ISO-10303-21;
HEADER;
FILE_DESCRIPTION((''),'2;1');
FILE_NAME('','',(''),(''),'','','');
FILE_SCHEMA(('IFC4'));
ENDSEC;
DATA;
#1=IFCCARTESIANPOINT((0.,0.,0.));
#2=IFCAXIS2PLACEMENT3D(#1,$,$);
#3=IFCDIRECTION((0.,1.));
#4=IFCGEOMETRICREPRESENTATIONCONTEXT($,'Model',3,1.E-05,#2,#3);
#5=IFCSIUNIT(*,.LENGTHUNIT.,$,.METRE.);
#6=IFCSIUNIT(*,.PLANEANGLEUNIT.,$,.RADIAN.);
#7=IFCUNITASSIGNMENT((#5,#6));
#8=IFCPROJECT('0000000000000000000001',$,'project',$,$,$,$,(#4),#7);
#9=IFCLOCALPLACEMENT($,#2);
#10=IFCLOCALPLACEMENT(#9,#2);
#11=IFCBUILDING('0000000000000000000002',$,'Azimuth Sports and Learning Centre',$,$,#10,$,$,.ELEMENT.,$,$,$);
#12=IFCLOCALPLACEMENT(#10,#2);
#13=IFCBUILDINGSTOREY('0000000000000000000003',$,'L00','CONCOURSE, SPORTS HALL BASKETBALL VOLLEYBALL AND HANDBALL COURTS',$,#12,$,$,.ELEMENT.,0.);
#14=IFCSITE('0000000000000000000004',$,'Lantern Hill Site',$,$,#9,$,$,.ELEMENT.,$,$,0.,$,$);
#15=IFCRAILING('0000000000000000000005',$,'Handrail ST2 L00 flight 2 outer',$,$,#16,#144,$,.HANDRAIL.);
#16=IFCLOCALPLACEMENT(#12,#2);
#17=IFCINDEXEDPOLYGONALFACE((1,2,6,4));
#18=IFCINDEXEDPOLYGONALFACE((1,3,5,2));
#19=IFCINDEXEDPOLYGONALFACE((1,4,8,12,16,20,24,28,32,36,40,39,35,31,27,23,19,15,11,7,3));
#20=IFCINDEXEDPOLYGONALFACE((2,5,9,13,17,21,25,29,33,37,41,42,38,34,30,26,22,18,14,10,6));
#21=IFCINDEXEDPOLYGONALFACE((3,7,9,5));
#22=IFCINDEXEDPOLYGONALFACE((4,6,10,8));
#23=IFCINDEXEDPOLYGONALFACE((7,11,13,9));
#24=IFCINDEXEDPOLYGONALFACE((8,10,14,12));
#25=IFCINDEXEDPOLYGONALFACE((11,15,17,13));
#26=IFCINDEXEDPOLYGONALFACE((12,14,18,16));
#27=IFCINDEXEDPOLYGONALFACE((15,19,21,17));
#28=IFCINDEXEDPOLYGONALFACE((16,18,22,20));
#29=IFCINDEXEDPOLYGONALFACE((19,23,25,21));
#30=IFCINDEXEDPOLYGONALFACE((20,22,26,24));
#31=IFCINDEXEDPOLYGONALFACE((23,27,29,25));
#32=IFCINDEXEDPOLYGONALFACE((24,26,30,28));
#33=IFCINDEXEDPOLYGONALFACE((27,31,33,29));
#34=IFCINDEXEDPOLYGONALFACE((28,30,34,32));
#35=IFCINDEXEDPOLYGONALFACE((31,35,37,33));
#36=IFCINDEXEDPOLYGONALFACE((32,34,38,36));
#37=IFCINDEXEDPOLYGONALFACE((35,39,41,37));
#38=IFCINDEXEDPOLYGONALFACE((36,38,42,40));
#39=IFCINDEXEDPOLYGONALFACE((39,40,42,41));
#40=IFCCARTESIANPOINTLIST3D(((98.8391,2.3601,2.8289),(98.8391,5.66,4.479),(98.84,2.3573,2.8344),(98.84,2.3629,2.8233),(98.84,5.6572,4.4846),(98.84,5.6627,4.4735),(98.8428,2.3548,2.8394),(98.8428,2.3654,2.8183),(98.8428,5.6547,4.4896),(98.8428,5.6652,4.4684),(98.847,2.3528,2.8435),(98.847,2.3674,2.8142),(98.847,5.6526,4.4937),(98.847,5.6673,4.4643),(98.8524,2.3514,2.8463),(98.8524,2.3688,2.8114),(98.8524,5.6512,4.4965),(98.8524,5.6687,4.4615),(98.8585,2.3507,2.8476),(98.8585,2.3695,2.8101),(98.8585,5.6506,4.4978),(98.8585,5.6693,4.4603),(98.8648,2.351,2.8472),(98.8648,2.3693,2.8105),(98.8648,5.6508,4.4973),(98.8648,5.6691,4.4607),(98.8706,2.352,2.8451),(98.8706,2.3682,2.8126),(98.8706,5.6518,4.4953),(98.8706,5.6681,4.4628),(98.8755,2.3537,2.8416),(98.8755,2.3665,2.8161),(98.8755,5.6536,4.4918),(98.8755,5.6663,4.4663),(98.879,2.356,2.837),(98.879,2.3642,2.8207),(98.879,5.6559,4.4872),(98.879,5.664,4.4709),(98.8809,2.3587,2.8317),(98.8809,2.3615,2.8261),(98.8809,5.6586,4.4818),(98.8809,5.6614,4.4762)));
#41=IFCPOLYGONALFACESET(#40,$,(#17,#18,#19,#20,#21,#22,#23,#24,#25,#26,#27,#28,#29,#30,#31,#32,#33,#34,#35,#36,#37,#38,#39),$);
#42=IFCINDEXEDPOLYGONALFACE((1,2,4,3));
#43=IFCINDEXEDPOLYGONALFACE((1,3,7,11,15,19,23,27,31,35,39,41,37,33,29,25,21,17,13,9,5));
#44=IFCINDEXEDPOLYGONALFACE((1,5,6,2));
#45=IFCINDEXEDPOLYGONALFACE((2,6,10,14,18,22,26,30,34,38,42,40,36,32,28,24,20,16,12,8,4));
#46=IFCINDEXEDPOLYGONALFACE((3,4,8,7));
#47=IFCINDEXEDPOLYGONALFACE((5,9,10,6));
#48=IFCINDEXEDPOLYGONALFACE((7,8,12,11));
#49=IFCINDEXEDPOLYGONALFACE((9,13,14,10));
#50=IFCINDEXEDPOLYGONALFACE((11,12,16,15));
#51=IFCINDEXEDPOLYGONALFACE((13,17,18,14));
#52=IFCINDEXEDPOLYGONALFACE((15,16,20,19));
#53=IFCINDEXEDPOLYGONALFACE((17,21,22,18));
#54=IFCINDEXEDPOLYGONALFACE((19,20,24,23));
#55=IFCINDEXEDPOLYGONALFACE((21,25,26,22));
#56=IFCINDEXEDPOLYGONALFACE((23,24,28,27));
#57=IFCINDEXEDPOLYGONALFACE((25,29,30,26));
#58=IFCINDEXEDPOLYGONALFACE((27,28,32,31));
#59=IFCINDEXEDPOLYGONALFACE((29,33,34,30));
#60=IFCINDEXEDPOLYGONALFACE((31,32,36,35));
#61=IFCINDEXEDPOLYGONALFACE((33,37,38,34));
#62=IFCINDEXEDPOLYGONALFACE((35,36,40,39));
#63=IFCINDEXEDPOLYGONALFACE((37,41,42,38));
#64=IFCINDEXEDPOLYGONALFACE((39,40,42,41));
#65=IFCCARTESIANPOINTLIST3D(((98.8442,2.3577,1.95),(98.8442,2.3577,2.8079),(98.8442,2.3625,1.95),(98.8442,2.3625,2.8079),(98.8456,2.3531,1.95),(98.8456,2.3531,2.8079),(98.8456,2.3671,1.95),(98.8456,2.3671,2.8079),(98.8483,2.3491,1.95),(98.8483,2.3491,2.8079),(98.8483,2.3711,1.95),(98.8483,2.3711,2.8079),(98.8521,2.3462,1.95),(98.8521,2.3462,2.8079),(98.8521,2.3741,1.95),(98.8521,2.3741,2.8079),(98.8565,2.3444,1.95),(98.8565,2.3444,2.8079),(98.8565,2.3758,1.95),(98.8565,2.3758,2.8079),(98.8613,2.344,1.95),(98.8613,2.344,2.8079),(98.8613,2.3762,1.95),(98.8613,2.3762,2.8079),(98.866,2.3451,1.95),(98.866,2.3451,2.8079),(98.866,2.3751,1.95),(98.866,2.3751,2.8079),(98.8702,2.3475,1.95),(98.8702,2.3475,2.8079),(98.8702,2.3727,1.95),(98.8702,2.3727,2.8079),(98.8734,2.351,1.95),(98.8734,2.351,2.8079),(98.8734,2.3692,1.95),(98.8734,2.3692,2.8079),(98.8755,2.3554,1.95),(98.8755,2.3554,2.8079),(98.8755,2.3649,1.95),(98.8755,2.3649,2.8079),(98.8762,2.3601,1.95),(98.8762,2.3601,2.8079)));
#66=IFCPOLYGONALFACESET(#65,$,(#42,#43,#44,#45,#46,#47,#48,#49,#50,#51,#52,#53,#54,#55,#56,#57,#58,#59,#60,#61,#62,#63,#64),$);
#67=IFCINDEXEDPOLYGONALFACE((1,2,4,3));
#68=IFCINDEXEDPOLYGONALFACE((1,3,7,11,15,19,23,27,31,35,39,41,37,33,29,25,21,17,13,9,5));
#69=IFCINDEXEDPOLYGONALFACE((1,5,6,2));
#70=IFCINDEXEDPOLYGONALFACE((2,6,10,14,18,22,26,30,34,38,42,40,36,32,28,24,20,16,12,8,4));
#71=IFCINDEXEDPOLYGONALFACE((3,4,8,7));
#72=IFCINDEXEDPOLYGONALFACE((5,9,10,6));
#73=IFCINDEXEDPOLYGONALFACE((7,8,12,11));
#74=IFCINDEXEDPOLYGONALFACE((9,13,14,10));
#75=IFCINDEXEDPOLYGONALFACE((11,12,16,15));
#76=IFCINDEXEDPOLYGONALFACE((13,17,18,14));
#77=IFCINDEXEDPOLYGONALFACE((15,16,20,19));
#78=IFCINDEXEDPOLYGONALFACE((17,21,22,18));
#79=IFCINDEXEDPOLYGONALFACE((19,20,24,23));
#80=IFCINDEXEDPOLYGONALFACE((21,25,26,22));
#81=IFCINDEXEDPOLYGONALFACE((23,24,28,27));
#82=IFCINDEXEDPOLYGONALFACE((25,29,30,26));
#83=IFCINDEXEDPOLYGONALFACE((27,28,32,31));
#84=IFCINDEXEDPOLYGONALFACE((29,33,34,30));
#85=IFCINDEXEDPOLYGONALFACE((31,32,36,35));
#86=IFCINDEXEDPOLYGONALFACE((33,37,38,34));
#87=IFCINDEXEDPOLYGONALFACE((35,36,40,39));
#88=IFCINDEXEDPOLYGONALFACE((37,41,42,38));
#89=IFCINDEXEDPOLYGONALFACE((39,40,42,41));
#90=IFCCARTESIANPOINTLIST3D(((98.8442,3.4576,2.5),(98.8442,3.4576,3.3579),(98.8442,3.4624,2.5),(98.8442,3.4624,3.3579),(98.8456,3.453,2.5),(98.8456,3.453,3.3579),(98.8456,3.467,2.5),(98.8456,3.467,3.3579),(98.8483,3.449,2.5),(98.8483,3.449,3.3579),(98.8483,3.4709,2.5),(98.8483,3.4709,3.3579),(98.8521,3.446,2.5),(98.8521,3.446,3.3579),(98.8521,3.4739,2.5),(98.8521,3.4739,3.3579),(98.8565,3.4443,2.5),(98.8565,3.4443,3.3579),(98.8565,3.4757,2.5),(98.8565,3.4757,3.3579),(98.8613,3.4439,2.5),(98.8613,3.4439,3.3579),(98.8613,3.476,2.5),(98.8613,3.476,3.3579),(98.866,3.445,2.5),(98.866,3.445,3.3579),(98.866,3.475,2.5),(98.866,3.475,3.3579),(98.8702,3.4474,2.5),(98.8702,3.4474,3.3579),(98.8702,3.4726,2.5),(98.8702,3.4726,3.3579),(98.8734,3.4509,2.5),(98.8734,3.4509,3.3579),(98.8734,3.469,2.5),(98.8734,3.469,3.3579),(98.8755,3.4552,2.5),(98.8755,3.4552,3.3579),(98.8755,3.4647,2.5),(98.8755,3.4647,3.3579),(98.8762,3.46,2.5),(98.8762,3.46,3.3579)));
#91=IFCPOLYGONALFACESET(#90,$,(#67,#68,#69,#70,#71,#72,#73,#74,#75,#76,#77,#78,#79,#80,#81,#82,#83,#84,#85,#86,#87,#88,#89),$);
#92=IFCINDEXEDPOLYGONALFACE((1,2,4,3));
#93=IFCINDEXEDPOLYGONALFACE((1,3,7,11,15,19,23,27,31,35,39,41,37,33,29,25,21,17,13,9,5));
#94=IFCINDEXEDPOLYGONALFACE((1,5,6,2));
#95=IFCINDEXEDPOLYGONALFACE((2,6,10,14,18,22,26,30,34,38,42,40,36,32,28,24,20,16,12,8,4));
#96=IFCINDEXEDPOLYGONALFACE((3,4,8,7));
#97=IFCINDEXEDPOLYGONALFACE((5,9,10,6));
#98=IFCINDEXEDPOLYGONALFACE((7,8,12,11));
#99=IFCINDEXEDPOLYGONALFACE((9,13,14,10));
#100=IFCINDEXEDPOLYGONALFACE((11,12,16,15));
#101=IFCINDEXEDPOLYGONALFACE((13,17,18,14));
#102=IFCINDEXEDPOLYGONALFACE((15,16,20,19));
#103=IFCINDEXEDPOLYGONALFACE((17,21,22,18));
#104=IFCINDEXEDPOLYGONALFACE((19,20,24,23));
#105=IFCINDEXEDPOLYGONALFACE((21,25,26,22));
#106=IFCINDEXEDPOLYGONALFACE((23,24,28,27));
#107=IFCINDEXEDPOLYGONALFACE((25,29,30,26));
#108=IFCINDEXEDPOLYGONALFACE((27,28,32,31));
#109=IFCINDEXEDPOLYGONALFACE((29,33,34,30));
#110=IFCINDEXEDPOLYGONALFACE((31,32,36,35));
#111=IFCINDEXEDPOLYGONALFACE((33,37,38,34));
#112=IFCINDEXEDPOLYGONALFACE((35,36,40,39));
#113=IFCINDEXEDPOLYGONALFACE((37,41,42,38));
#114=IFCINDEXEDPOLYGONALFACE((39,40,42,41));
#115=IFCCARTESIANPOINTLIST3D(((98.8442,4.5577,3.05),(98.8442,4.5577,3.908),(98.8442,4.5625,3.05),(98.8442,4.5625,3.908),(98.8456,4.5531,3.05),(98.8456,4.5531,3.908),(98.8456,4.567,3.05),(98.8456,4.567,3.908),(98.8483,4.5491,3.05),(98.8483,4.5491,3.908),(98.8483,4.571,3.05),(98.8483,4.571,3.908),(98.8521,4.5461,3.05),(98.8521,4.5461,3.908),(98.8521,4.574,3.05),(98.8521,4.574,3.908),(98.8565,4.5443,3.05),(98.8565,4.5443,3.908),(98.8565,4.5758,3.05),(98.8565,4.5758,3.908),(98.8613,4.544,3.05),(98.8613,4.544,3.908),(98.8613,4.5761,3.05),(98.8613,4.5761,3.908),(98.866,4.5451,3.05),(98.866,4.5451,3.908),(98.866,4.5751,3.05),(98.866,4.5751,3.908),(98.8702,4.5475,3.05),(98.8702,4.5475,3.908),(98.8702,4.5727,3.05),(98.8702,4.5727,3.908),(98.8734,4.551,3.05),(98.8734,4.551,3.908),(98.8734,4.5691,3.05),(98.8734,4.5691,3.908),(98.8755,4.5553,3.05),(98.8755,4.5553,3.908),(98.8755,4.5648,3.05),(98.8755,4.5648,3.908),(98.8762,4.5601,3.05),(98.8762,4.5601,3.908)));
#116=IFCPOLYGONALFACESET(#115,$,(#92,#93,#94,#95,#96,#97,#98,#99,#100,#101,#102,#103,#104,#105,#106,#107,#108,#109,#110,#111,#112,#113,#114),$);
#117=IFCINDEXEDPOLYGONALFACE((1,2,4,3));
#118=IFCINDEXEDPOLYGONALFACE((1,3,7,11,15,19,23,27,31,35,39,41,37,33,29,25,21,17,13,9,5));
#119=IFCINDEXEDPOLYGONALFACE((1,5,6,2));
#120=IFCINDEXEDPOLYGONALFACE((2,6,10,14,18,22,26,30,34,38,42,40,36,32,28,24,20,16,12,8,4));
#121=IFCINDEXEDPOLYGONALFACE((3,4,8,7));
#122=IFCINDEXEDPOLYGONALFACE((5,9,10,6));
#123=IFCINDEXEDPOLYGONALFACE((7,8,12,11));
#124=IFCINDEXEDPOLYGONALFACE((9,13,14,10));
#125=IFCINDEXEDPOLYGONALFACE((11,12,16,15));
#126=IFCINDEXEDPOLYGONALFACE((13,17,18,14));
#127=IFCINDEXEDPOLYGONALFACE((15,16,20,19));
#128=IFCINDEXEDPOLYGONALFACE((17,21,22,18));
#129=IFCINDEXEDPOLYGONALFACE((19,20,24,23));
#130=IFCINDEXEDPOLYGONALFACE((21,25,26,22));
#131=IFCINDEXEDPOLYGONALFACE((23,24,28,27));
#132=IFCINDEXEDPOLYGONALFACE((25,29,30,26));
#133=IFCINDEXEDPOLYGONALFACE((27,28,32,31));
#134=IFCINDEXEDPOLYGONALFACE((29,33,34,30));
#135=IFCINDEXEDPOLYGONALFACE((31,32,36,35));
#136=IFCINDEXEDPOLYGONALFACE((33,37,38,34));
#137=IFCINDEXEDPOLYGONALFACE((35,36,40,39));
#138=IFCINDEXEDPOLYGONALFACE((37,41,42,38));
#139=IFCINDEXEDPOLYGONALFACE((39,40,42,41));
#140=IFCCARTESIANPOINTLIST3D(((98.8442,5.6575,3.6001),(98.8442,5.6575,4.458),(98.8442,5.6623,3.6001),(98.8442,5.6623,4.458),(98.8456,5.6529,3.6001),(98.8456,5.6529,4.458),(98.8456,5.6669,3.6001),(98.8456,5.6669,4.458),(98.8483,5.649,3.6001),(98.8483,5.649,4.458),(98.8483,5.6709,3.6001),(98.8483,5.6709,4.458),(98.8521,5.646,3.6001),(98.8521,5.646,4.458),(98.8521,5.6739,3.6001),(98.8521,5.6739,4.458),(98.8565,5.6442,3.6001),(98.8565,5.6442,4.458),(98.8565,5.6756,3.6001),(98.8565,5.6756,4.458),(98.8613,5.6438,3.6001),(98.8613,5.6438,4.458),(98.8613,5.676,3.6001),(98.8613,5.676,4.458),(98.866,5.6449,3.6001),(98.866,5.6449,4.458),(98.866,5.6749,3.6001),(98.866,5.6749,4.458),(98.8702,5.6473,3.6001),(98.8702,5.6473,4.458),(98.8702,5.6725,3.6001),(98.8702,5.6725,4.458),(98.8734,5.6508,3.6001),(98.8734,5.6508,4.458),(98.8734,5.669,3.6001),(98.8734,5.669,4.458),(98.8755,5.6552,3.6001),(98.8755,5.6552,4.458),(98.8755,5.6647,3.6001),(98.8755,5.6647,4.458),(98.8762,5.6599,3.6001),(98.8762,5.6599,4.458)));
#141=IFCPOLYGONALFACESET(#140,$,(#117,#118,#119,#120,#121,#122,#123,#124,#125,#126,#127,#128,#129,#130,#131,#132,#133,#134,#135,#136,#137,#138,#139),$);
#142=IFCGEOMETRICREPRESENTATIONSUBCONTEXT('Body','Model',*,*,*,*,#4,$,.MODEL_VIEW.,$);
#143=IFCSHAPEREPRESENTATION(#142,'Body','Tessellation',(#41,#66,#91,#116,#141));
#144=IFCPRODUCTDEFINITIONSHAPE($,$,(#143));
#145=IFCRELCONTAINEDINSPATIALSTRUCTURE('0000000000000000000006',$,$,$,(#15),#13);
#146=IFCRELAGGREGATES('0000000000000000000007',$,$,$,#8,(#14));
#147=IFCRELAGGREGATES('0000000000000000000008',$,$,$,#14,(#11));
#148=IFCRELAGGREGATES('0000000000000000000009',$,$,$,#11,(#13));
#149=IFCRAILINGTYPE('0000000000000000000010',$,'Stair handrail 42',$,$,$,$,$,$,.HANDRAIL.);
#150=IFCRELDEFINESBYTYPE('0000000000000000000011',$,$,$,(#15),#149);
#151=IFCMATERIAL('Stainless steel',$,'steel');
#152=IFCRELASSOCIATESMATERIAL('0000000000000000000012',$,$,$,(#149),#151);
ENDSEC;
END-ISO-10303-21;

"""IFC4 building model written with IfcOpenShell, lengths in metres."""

from ifc_helpers import new_model, si_unit, direction, frame, origin, origin_2d, place, context, subcontext, project, spatial, circle, extrude, material, type_object, element, save


model = new_model("IFC4")

# Units and contexts
model_context = context("Model", 3, precision=1e-05, world=origin(), true_north=direction((0.0, 1.0)))
body_context = subcontext(model_context, "Body", "Model", "MODEL_VIEW")
ifc_project = project(units=[si_unit("LENGTHUNIT", "METRE"), si_unit("PLANEANGLEUNIT", "RADIAN")], contexts=[model_context])

# Site, building, storey
site_placement = place(None, origin())
site = spatial("IfcSite", under=ifc_project, at=site_placement, Name="Lantern Hill Site", CompositionType="ELEMENT", RefElevation=0.0)
building_placement = place(site_placement, origin())
building = spatial("IfcBuilding", under=site, at=building_placement, Name="Azimuth Sports and Learning Centre", CompositionType="ELEMENT")
storey_placement = place(building_placement, origin())
storey = spatial("IfcBuildingStorey", under=building, at=storey_placement, Name="L00", Description="CONCOURSE, SPORTS HALL BASKETBALL VOLLEYBALL AND HANDBALL COURTS", CompositionType="ELEMENT", Elevation=0.0)

# Railing
ifc_material_1 = material(Name="Stainless steel", Category="steel")
railing_type_1 = type_object("IfcRailingType", Name="Stair handrail 42", PredefinedType="HANDRAIL", material=ifc_material_1)
for number, where, name in (
    (1, (98.8601, 2.3601, 1.95), "Handrail ST2 L00 flight 2 outer"),
):
    element("IfcRailing", number, at=place(storey_placement, frame(where)), inside=storey, type_object=railing_type_1, Name=name, PredefinedType="HANDRAIL", context=body_context, shape_type="SweptSolid", body=[
        extrude(circle(Radius=0.021, at=origin_2d()), frame((0.0, 0.0, 0.8789), z_axis=(0.0, 0.894401, 0.447267), x_axis=(-1.0, 0.0, 0.0)), (0.0, 0.0, 1.0), 3.6895),
        extrude(circle(Radius=0.0161, at=origin_2d()), origin(), (0.0, 0.0, 1.0), 0.8579),
        extrude(circle(Radius=0.0161, at=origin_2d()), frame((0.0, 1.0999, 0.55)), (0.0, 0.0, 1.0), 0.8579),
        extrude(circle(Radius=0.0161, at=origin_2d()), frame((0.0, 2.2, 1.1001)), (0.0, 0.0, 1.0), 0.8579),
        extrude(circle(Radius=0.0161, at=origin_2d()), frame((0.0, 3.2998, 1.6501)), (0.0, 0.0, 1.0), 0.8579),
    ])

save(model, "model.ifc")
